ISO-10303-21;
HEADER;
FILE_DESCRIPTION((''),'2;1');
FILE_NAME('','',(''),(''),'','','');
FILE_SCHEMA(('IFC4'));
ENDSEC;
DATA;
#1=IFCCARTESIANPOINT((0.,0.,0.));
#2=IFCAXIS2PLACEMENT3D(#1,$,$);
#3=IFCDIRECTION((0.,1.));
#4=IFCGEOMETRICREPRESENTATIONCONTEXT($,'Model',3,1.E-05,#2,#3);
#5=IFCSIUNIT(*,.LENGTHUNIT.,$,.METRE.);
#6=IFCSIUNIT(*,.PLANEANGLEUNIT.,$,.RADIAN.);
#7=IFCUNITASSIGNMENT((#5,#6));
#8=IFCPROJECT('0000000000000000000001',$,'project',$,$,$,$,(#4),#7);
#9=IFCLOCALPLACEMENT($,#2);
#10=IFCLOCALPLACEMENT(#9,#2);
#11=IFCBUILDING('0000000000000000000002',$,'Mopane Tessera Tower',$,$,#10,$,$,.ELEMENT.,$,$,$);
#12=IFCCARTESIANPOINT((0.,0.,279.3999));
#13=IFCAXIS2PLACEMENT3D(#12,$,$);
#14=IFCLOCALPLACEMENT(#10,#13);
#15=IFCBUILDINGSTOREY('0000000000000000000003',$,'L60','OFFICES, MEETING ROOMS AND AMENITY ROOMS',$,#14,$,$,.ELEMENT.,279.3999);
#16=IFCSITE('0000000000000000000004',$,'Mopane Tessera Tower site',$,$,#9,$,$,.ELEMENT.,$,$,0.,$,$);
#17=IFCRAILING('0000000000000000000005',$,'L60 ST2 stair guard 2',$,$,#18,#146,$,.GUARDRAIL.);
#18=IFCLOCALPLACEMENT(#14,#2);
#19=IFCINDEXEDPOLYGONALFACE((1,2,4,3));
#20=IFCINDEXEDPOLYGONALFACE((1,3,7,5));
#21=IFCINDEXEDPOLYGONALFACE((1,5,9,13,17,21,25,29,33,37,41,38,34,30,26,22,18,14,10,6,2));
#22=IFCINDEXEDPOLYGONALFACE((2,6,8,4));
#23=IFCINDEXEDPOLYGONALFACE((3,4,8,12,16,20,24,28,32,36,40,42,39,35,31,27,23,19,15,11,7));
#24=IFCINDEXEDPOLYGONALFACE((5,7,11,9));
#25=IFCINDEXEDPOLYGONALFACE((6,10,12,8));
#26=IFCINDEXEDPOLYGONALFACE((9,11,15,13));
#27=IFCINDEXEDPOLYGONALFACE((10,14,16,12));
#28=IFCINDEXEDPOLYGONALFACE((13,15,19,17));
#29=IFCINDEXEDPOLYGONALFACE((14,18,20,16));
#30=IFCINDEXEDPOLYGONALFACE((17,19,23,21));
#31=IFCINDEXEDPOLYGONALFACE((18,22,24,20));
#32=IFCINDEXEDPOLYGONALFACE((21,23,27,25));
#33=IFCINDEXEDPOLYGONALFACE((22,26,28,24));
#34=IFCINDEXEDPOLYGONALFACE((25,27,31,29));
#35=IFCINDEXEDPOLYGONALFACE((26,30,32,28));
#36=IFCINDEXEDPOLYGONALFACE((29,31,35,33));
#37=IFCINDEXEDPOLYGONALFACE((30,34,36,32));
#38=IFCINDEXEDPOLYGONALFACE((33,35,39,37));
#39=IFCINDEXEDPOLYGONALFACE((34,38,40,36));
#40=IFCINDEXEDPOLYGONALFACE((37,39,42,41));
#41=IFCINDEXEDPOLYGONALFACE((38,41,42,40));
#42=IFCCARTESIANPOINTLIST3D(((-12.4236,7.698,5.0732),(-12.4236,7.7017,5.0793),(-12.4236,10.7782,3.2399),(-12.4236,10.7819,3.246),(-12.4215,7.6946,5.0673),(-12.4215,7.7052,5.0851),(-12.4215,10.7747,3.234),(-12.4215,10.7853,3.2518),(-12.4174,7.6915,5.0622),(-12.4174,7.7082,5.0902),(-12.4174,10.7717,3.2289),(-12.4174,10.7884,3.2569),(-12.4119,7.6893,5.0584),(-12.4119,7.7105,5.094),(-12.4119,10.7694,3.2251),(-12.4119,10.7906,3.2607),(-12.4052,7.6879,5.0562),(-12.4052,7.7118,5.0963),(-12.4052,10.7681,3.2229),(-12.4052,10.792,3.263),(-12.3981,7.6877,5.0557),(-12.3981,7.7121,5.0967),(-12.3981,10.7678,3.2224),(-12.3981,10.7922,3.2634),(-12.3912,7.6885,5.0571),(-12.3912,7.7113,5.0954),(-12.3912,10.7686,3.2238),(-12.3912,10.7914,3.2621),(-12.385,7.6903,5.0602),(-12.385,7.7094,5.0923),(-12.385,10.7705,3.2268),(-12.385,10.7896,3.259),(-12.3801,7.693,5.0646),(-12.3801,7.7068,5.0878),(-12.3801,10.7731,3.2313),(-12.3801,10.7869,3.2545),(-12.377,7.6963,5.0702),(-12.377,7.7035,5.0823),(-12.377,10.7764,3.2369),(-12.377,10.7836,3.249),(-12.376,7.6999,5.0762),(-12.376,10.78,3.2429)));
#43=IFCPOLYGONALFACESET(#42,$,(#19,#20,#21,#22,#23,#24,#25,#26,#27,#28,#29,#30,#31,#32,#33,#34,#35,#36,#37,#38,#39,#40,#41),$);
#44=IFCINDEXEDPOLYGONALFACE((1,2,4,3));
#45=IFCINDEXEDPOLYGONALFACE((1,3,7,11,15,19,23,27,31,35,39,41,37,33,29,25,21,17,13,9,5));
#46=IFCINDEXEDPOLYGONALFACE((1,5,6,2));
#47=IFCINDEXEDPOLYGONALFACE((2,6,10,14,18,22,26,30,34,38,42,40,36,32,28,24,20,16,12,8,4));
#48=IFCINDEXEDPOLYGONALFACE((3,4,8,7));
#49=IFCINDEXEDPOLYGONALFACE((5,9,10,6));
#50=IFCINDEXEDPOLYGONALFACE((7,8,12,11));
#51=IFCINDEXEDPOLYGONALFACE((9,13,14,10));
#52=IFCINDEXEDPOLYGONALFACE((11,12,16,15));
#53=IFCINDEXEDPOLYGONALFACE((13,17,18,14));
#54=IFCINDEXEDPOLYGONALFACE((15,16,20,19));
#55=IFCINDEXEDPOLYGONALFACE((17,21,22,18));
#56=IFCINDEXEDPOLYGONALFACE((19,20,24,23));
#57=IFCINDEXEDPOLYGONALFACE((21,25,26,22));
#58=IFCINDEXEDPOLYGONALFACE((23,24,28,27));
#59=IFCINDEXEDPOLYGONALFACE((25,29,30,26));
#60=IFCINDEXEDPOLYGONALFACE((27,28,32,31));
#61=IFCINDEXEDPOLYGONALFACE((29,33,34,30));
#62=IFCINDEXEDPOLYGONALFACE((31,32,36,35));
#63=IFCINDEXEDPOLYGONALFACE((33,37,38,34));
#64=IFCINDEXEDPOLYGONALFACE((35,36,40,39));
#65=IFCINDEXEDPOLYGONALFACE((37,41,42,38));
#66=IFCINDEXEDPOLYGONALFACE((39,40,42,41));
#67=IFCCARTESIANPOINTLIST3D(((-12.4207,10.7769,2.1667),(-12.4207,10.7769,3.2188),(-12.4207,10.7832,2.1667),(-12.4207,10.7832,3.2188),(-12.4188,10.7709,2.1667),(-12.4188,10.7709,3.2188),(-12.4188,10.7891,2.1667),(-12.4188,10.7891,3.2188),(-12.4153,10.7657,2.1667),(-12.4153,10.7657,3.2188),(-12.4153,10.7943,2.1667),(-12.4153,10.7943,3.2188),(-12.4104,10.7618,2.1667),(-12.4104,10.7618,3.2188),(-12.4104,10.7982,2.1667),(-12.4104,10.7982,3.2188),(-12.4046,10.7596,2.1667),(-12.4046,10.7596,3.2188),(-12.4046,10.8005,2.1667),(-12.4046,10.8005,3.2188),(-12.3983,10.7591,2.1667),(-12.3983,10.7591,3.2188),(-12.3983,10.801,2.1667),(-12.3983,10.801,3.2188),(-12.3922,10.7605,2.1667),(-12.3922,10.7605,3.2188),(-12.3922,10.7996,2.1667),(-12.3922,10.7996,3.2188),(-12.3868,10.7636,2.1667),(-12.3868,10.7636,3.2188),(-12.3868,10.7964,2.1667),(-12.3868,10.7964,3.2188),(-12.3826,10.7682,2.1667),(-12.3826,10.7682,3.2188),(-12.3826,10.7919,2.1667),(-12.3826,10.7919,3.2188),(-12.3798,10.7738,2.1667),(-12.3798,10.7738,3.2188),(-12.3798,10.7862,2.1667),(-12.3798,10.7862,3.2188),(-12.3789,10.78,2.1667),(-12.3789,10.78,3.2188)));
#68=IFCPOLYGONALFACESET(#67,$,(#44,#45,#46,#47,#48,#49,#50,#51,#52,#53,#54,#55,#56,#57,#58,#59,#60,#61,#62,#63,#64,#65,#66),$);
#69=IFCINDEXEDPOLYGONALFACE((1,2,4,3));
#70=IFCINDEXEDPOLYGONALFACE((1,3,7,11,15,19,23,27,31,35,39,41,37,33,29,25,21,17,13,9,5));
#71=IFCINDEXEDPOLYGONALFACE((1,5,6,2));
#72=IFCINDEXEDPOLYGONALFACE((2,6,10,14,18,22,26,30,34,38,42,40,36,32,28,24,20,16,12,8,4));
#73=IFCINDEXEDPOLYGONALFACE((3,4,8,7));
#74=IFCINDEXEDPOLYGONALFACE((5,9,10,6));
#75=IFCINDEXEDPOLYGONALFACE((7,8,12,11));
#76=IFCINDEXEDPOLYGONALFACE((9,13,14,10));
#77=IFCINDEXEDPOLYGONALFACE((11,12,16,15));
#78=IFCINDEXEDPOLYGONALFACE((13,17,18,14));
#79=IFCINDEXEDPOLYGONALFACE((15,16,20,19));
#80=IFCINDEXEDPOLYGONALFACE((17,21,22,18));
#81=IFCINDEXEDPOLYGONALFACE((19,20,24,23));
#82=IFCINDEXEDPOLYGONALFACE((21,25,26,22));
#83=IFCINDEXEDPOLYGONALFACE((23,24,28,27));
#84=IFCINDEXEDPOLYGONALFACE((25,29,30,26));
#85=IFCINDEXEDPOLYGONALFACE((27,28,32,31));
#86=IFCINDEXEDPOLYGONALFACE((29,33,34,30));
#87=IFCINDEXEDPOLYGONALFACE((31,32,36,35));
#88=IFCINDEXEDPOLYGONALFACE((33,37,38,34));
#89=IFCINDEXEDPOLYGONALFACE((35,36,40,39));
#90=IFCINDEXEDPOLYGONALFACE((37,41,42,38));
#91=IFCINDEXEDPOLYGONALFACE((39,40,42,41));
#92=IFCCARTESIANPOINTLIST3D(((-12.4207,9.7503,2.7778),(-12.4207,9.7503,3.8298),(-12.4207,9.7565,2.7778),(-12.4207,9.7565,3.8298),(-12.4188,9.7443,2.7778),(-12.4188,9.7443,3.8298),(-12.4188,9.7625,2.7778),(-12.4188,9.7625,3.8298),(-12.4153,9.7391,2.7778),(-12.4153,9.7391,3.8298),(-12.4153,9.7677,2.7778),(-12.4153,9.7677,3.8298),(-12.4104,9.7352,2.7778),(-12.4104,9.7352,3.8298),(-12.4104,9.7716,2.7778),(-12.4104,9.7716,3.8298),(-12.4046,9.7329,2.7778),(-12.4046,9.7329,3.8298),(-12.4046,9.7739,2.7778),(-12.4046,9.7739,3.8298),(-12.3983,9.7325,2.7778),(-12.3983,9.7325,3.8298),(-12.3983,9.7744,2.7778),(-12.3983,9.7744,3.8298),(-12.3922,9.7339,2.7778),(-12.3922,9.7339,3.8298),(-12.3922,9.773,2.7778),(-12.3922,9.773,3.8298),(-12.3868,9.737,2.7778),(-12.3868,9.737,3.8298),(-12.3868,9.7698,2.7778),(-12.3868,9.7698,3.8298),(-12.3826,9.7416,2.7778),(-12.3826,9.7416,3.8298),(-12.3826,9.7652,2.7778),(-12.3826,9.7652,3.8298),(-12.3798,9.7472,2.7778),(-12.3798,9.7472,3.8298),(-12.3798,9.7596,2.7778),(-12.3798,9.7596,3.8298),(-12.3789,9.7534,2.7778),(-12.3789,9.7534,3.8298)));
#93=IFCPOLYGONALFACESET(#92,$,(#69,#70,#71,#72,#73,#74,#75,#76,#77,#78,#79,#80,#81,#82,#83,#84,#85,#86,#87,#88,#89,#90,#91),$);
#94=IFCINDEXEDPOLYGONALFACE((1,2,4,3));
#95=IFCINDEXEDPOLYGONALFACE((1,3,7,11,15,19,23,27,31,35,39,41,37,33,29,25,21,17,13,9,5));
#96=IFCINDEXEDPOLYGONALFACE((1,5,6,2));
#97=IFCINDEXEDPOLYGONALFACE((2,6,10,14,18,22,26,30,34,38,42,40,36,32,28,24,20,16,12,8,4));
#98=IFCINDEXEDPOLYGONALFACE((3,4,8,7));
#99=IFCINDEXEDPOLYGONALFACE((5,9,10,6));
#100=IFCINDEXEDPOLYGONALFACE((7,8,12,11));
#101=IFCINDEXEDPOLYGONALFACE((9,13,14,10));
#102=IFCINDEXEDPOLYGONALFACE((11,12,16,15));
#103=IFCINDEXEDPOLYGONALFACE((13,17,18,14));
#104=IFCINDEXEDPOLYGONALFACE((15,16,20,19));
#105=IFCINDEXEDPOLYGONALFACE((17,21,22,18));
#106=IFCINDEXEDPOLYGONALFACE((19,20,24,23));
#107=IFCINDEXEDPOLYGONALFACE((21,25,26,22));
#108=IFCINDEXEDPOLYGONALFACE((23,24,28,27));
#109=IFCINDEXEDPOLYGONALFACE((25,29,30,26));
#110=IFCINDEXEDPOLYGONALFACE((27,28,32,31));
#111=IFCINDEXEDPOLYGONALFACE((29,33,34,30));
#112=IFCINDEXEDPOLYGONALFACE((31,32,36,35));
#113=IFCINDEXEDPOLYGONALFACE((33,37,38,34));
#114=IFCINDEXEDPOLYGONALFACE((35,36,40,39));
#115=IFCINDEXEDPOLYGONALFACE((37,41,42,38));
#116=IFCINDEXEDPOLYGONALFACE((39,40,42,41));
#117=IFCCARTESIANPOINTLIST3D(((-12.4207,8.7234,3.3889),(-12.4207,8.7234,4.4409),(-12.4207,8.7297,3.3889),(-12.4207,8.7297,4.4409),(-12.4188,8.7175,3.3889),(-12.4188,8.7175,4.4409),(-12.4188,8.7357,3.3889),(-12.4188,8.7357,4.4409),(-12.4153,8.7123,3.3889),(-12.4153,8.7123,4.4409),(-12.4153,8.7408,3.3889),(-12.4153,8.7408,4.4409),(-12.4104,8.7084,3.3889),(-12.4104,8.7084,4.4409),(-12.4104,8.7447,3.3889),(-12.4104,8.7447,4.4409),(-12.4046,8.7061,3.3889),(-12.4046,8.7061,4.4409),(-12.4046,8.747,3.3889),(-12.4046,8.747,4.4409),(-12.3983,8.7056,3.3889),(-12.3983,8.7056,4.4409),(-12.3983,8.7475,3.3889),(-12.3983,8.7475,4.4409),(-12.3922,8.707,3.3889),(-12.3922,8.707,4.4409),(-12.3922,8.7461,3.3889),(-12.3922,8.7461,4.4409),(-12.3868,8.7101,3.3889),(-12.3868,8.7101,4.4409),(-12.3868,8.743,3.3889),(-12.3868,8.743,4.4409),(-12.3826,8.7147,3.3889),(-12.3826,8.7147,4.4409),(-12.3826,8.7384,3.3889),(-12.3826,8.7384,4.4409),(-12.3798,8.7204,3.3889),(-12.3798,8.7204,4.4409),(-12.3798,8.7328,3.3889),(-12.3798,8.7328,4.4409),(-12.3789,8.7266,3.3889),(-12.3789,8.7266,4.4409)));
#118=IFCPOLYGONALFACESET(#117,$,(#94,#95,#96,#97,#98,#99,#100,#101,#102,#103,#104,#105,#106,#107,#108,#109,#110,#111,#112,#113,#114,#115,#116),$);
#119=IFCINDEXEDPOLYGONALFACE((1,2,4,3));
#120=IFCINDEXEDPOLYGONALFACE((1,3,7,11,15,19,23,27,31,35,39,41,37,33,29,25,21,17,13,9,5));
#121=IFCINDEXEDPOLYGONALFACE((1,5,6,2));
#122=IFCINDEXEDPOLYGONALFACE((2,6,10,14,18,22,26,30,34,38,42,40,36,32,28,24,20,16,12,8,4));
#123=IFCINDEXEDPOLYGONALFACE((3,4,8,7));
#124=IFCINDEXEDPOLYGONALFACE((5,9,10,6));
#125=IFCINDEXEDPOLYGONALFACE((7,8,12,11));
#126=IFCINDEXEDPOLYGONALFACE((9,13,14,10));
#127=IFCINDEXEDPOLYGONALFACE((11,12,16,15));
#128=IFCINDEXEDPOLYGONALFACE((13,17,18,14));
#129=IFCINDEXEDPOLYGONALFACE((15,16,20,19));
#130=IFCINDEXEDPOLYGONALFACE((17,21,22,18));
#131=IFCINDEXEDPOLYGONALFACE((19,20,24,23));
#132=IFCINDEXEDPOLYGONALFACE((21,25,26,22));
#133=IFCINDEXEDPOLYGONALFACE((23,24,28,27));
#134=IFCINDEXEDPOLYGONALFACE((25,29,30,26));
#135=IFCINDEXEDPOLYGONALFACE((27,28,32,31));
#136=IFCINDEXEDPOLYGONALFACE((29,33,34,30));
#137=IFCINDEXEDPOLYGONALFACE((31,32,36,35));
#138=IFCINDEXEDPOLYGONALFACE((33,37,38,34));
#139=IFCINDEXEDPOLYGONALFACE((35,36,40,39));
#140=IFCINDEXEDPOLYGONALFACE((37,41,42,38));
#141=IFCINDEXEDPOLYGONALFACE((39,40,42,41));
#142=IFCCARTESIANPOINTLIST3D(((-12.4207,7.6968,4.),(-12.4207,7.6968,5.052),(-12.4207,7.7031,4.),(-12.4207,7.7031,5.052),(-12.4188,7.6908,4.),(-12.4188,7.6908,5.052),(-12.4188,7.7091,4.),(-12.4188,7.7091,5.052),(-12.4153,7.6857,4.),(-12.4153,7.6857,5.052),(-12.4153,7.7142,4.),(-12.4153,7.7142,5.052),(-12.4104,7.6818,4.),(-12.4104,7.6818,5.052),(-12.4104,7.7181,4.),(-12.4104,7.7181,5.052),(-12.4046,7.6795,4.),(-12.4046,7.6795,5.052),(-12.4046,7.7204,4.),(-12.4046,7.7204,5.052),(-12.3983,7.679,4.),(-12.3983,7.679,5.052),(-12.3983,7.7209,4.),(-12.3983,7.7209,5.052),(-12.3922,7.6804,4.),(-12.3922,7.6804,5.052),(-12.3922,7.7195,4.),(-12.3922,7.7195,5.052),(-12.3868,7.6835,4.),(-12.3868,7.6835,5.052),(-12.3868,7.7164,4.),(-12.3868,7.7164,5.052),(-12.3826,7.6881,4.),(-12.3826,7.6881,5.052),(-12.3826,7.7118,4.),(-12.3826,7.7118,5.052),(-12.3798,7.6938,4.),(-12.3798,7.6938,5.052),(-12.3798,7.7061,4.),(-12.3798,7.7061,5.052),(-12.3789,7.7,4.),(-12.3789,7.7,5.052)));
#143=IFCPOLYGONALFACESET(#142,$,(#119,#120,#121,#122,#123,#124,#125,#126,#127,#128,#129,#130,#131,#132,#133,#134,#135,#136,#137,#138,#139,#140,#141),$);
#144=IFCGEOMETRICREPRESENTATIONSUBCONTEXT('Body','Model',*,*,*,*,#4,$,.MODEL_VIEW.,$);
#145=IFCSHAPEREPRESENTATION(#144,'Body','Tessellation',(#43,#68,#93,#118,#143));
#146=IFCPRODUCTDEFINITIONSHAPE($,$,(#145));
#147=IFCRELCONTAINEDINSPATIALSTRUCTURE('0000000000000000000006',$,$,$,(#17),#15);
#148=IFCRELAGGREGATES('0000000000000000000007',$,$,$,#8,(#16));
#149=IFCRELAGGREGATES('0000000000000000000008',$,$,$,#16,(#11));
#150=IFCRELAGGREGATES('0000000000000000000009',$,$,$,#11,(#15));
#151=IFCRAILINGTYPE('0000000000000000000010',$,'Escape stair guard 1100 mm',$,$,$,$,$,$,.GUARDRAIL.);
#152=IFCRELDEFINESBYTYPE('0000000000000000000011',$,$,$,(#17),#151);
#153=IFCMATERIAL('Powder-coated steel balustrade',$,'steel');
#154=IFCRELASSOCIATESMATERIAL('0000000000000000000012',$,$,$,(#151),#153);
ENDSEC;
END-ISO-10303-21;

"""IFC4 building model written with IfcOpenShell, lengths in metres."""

from ifc_helpers import new_model, si_unit, direction, frame, origin, origin_2d, place, context, subcontext, project, spatial, circle, extrude, material, type_object, element, save


model = new_model("IFC4")

# Units and contexts
model_context = context("Model", 3, precision=1e-05, world=origin(), true_north=direction((0.0, 1.0)))
body_context = subcontext(model_context, "Body", "Model", "MODEL_VIEW")
ifc_project = project(units=[si_unit("LENGTHUNIT", "METRE"), si_unit("PLANEANGLEUNIT", "RADIAN")], contexts=[model_context])

# Site, building, storey
site_placement = place(None, origin())
site = spatial("IfcSite", under=ifc_project, at=site_placement, Name="Mopane Tessera Tower site", CompositionType="ELEMENT", RefElevation=0.0)
building_placement = place(site_placement, origin())
building = spatial("IfcBuilding", under=site, at=building_placement, Name="Mopane Tessera Tower", CompositionType="ELEMENT")
storey_placement = place(building_placement, frame((0.0, 0.0, 279.3999)))
storey = spatial("IfcBuildingStorey", under=building, at=storey_placement, Name="L60", Description="OFFICES, MEETING ROOMS AND AMENITY ROOMS", CompositionType="ELEMENT", Elevation=279.3999)

# Railing
ifc_material_1 = material(Name="Powder-coated steel balustrade", Category="steel")
railing_type_1 = type_object("IfcRailingType", Name="Escape stair guard 1100 mm", PredefinedType="GUARDRAIL", material=ifc_material_1)
railing_1_placement = place(storey_placement, frame((-12.3999, 10.78, 2.1667)))
element("IfcRailing", 1, at=railing_1_placement, inside=storey, type_object=railing_type_1, Name="L60 ST2 stair guard 2", PredefinedType="GUARDRAIL", context=body_context, shape_type="SweptSolid", body=[
    extrude(circle(Radius=0.0239, at=origin_2d()), frame((0.0, 0.0, 1.0762), z_axis=(0.0, -0.859309, 0.511458), x_axis=(1.0, 0.0, 0.0)), (0.0, 0.0, 1.0), 3.5845),
    extrude(circle(Radius=0.021, at=origin_2d()), origin(), (0.0, 0.0, 1.0), 1.052),
    extrude(circle(Radius=0.021, at=origin_2d()), frame((0.0, -1.0266, 0.6111)), (0.0, 0.0, 1.0), 1.052),
    extrude(circle(Radius=0.021, at=origin_2d()), frame((0.0, -2.0535, 1.2222)), (0.0, 0.0, 1.0), 1.052),
    extrude(circle(Radius=0.021, at=origin_2d()), frame((0.0, -3.0801, 1.8333)), (0.0, 0.0, 1.0), 1.052),
])

save(model, "model.ifc")
